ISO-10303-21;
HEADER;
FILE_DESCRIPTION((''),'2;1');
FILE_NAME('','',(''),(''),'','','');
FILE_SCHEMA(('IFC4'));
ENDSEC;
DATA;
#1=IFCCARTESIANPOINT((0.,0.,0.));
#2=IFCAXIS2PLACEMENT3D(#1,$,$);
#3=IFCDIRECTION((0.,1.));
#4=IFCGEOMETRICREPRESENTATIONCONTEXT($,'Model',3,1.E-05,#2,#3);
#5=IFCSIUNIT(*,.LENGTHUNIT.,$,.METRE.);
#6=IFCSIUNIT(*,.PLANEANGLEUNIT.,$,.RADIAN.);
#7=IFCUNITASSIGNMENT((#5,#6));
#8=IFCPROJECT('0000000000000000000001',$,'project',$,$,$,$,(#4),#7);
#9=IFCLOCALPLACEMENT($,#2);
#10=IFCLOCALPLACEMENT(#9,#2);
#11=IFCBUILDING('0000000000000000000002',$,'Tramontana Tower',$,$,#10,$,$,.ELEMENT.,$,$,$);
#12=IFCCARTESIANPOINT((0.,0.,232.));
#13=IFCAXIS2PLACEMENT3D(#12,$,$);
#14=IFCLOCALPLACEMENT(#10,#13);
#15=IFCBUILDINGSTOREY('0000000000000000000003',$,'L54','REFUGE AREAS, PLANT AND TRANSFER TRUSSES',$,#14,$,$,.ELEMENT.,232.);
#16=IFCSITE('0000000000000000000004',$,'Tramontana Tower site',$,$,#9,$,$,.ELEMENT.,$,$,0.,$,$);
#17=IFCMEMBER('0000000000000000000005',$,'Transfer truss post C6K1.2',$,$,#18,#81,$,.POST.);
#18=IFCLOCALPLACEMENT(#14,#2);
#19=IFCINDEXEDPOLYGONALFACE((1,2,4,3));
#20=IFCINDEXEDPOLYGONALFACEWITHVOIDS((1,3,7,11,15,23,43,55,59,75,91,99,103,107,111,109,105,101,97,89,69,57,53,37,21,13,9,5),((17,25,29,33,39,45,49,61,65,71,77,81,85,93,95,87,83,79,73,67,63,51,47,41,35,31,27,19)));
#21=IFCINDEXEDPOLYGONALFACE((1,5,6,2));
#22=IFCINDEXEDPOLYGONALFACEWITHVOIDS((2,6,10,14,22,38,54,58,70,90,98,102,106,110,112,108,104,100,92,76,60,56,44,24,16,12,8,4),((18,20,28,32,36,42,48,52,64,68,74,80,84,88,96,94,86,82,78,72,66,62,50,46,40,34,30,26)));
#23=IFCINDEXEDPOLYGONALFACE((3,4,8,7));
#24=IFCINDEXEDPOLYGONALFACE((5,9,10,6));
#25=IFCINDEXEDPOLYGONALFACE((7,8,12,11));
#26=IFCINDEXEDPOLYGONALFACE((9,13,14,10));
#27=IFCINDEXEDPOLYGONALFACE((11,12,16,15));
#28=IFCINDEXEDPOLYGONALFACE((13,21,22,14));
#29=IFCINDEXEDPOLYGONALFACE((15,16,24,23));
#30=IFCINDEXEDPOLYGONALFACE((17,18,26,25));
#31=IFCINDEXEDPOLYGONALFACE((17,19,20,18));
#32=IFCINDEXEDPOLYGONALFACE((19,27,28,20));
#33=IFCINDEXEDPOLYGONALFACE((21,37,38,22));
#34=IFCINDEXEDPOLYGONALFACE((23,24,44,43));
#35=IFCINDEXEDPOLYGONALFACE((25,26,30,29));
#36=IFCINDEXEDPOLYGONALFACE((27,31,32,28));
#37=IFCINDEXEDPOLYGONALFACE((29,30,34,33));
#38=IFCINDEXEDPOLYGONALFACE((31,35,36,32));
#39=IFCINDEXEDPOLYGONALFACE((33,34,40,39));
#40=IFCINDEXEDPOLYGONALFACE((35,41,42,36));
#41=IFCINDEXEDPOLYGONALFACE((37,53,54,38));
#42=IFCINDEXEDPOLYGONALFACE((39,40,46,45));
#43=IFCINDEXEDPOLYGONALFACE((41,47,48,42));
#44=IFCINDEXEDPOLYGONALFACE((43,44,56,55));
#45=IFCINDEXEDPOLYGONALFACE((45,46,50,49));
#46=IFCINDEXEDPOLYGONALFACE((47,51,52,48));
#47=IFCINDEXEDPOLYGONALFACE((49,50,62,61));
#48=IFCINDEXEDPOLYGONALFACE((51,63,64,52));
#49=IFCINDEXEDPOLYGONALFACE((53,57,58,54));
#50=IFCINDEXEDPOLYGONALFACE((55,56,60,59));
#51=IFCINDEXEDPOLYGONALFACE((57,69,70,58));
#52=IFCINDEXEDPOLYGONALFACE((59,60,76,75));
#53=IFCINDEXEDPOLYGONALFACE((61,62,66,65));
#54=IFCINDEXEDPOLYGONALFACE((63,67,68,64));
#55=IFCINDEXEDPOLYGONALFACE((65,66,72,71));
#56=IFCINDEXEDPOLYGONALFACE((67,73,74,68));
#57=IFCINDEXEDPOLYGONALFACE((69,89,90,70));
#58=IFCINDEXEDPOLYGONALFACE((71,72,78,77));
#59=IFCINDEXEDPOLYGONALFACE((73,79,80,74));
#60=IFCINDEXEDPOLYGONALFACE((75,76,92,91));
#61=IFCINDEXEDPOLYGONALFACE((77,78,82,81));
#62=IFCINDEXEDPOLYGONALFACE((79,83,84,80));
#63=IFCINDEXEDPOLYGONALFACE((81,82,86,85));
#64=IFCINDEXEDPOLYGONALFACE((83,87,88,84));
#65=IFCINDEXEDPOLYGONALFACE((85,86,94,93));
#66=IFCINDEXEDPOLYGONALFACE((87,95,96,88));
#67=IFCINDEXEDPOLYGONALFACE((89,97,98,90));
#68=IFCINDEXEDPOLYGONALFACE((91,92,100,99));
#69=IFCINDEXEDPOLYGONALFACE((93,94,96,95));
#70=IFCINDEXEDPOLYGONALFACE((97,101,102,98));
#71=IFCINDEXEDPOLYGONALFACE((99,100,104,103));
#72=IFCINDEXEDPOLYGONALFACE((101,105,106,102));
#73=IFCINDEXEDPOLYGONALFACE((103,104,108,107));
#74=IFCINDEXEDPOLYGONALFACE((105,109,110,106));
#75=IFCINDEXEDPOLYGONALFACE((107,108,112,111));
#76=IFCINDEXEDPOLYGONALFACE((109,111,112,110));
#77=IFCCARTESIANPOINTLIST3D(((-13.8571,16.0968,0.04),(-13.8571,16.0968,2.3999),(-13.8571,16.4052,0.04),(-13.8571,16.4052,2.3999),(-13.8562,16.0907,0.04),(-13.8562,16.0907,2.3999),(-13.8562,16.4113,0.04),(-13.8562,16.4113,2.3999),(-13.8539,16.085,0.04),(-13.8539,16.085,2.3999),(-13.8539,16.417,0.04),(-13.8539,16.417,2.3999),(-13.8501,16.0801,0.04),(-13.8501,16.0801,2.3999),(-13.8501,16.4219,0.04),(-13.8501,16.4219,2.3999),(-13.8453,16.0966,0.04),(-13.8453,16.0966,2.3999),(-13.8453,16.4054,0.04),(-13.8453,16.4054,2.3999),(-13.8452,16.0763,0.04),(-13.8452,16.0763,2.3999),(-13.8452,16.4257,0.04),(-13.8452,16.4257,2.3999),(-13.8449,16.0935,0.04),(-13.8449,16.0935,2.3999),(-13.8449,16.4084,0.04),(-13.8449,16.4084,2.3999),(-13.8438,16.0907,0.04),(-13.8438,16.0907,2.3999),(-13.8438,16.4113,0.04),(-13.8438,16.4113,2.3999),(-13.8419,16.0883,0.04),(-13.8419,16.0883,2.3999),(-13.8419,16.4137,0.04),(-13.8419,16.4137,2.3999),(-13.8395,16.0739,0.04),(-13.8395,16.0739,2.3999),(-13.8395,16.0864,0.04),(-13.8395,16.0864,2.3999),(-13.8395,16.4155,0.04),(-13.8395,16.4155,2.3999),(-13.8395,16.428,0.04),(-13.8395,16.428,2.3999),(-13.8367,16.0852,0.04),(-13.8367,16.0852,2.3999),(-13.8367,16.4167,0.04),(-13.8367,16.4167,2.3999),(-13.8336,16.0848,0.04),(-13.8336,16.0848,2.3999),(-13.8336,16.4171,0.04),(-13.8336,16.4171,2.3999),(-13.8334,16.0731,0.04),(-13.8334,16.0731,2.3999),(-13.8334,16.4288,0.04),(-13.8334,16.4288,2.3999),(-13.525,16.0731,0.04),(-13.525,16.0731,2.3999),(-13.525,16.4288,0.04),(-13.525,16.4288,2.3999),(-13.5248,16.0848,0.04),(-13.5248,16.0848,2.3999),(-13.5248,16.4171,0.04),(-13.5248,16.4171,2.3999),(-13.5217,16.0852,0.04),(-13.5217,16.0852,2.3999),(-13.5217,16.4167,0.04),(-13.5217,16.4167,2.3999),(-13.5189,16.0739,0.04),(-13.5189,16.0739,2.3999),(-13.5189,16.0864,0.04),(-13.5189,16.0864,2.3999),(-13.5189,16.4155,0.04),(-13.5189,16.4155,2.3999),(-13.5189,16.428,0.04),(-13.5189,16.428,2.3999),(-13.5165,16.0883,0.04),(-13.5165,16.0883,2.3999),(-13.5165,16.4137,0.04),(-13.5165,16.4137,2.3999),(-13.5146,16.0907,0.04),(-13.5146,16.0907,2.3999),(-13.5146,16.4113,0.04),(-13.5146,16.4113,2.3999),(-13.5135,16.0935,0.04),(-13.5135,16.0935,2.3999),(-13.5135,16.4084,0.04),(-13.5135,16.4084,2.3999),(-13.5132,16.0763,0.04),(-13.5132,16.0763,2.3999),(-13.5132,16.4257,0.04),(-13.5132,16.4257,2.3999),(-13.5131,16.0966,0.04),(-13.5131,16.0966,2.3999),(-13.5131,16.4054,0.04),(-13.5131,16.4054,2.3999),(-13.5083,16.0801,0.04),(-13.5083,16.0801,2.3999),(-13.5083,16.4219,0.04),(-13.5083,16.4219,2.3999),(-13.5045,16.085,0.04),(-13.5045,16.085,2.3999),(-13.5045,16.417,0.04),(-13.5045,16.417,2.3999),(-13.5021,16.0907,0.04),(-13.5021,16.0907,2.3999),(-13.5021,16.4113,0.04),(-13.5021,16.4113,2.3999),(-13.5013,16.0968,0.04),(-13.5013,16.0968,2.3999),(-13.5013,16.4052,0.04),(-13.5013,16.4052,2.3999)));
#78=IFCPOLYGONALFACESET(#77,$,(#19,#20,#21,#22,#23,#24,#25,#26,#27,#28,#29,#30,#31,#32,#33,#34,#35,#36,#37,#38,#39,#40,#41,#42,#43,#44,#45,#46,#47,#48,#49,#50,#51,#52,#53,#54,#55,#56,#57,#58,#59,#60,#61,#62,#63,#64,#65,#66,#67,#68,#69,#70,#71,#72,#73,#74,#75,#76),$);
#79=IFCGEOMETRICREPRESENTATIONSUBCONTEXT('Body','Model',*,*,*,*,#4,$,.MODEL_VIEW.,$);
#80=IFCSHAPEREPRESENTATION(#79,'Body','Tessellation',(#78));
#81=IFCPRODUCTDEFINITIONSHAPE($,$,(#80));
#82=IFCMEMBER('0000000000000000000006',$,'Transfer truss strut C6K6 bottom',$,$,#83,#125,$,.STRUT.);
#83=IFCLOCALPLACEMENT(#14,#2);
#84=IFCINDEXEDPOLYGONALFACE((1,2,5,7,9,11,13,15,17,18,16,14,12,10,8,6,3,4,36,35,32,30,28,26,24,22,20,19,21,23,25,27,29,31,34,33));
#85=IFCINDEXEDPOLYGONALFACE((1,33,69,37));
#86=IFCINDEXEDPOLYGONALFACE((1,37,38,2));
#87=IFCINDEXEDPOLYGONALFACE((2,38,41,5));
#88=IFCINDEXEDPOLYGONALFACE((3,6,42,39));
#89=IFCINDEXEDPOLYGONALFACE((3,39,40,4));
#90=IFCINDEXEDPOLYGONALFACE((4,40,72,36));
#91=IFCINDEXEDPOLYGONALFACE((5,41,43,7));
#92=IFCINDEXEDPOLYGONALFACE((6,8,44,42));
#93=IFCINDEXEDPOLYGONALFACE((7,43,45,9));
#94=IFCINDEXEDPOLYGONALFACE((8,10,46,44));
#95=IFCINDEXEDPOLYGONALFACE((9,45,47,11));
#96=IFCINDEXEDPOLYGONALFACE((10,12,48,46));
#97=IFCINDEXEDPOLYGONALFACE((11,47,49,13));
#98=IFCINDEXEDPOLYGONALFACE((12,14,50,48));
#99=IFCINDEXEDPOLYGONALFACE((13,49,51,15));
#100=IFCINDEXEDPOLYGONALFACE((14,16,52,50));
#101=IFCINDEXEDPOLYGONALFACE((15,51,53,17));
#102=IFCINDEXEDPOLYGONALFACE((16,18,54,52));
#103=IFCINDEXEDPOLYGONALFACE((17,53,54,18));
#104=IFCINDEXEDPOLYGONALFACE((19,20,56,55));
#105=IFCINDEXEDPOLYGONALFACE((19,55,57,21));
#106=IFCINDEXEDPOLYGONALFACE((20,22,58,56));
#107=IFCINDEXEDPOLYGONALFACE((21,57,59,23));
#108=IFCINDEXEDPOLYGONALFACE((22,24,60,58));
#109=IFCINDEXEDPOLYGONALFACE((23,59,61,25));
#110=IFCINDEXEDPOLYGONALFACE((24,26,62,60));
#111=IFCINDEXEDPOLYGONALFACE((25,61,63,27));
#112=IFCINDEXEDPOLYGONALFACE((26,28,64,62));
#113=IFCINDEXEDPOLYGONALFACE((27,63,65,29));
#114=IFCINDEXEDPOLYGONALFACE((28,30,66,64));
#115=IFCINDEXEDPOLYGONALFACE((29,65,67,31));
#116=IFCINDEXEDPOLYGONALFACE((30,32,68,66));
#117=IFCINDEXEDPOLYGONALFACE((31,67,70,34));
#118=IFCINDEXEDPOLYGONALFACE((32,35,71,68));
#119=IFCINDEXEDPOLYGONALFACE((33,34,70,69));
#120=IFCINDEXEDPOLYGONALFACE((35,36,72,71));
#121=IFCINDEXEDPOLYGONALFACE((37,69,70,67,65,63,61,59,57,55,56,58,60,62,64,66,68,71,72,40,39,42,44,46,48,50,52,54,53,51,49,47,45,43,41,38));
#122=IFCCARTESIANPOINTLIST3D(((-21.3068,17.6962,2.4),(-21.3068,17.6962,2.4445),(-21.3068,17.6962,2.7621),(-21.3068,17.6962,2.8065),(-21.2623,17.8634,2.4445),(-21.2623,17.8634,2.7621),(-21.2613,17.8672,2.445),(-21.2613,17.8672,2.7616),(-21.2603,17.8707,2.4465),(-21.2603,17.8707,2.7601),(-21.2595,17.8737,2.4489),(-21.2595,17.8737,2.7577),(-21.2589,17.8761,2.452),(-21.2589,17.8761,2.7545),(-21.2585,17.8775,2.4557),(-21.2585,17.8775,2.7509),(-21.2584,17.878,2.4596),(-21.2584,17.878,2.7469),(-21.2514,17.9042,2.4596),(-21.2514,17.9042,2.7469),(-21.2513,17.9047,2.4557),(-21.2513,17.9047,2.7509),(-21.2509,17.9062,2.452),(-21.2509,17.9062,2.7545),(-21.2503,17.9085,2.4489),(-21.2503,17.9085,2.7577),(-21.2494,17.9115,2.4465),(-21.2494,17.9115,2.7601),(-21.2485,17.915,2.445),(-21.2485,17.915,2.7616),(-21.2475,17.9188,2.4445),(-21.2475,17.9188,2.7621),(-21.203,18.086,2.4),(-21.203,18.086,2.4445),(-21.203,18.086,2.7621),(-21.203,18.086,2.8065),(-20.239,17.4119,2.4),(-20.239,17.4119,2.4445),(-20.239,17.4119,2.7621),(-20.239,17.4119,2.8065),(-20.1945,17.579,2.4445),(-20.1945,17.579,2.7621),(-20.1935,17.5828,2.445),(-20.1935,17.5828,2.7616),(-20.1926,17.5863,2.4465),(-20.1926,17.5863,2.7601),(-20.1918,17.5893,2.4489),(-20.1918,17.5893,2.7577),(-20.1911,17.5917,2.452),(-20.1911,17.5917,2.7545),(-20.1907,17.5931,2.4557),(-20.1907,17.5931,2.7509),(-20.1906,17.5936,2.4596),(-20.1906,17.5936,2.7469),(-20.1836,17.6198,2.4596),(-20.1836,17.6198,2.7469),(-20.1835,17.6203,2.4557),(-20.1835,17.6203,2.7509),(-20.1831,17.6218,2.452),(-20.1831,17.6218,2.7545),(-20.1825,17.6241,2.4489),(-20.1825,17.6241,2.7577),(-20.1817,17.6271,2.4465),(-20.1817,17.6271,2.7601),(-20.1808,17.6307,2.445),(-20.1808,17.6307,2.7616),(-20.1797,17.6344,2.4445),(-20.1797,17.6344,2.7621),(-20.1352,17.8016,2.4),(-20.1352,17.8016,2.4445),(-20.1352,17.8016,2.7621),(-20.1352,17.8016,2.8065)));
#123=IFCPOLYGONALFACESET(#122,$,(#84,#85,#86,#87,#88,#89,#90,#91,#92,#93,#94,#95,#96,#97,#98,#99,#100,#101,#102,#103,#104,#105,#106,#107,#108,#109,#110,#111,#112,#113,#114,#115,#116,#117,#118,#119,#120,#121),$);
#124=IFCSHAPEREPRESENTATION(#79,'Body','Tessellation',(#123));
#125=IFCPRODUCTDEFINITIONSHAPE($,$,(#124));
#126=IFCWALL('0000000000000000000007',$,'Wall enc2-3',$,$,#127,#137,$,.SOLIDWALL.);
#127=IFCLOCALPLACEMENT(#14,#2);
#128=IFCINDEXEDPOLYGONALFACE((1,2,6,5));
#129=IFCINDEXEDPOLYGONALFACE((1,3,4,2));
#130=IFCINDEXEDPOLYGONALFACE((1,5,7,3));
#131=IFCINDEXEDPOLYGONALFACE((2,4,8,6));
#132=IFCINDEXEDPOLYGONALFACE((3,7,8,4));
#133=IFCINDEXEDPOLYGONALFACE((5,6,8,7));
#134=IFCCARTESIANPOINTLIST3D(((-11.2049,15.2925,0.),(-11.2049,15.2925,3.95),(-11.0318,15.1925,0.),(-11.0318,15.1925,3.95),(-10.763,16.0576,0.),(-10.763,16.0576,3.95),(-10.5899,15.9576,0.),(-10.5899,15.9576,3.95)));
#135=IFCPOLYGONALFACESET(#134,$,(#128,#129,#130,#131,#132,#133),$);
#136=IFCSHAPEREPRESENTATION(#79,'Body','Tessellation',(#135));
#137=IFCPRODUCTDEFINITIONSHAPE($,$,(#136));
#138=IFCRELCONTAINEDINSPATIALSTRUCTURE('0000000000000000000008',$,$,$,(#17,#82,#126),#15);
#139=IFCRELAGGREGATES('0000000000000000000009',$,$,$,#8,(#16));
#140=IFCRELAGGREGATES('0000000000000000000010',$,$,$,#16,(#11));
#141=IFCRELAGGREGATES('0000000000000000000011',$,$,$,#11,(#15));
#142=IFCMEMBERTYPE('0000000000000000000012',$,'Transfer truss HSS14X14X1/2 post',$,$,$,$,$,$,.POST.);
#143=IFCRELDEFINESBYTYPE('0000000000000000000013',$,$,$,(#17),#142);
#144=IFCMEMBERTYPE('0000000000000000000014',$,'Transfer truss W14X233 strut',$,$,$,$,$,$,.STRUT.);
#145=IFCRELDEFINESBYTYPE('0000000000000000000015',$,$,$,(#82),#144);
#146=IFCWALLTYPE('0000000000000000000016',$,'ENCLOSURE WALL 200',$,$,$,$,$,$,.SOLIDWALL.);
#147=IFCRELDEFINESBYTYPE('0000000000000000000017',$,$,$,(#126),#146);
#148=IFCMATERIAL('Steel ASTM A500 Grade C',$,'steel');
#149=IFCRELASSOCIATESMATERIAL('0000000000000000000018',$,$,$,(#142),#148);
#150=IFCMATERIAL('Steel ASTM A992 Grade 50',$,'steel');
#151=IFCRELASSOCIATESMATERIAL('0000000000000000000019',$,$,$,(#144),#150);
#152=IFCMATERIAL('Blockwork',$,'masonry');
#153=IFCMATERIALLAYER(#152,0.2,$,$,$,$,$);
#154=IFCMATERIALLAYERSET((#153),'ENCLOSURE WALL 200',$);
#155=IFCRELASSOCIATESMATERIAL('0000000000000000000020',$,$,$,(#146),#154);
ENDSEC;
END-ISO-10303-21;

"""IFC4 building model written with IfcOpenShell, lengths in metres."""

from ifc_helpers import new_model, si_unit, direction, frame, frame_2d, origin, origin_2d, place, context, subcontext, project, spatial, rectangle, hollow_rectangle, i_section, extrude, material, layer, layer_set, material_profile, profile_set, type_object, element, save


model = new_model("IFC4")

# Units and contexts
model_context = context("Model", 3, precision=1e-05, world=origin(), true_north=direction((0.0, 1.0)))
body_context = subcontext(model_context, "Body", "Model", "MODEL_VIEW")
ifc_project = project(units=[si_unit("LENGTHUNIT", "METRE"), si_unit("PLANEANGLEUNIT", "RADIAN")], contexts=[model_context])

# Site, building, storey
site_placement = place(None, origin())
site = spatial("IfcSite", under=ifc_project, at=site_placement, Name="Tramontana Tower site", CompositionType="ELEMENT", RefElevation=0.0)
building_placement = place(site_placement, origin())
building = spatial("IfcBuilding", under=site, at=building_placement, Name="Tramontana Tower", CompositionType="ELEMENT")
storey_placement = place(building_placement, frame((0.0, 0.0, 232.0)))
storey = spatial("IfcBuildingStorey", under=building, at=storey_placement, Name="L54", Description="REFUGE AREAS, PLANT AND TRANSFER TRUSSES", CompositionType="ELEMENT", Elevation=232.0)

# Members
ifc_material_1 = material(Name="Steel ASTM A500 Grade C", Category="steel")
ifc_material_profile_1 = material_profile(ifc_material_1, hollow_rectangle(XDim=0.3557, YDim=0.3557, WallThickness=0.0117, InnerFilletRadius=0.0117, OuterFilletRadius=0.0237, at=origin_2d()), Name="HSS14X14X1/2")
ifc_profile_set_1 = profile_set([ifc_material_profile_1], Name="Steel ASTM A500 Grade C")
member_type_1 = type_object("IfcMemberType", Name="Transfer truss HSS14X14X1/2 post", PredefinedType="POST", material=ifc_profile_set_1)
for number, where, z_axis, x_axis, name in (
    (1, (-13.6792, 16.251, 0.04), (0.0, 0.0, 1.0), (1.0, 0.0, 0.0), "Transfer truss post C6K1.2"),
):
    element("IfcMember", number, at=place(storey_placement, frame(where, z_axis=z_axis, x_axis=x_axis)), inside=storey, type_object=member_type_1, Name=name, PredefinedType="POST", context=body_context, shape_type="SweptSolid", body=[
        extrude(hollow_rectangle(XDim=0.3557, YDim=0.3557, WallThickness=0.0117, InnerFilletRadius=0.0117, OuterFilletRadius=0.0237, at=origin_2d()), origin(), (0.0, 0.0, 1.0), 2.3599),
    ])
ifc_material_2 = material(Name="Steel ASTM A992 Grade 50", Category="steel")
ifc_material_profile_2 = material_profile(ifc_material_2, i_section(OverallWidth=0.4033, OverallDepth=0.4065, WebThickness=0.0271, FlangeThickness=0.0444, FilletRadius=0.0151, at=origin_2d()), Name="W14X233")
ifc_profile_set_2 = profile_set([ifc_material_profile_2], Name="Steel ASTM A992 Grade 50")
member_type_2 = type_object("IfcMemberType", Name="Transfer truss W14X233 strut", PredefinedType="STRUT", material=ifc_profile_set_2)
member_1_placement = place(storey_placement, frame((-21.2549, 17.8911, 2.6033), z_axis=(0.966312, -0.257374, 0.0), x_axis=(0.257374, 0.966312, 0.0)))
element("IfcMember", 2, at=member_1_placement, inside=storey, type_object=member_type_2, Name="Transfer truss strut C6K6 bottom", PredefinedType="STRUT", context=body_context, shape_type="SweptSolid", body=[
    extrude(i_section(OverallWidth=0.4033, OverallDepth=0.4065, WebThickness=0.0271, FlangeThickness=0.0444, FilletRadius=0.0151, at=origin_2d()), origin(), (0.0, 0.0, 1.0), 1.105),
])

# Wall
ifc_material_3 = material(Name="Blockwork", Category="masonry")
ifc_layer_1 = layer(ifc_material_3, 0.2)
ifc_layer_set_1 = layer_set([ifc_layer_1], Name="ENCLOSURE WALL 200")
wall_type = type_object("IfcWallType", Name="ENCLOSURE WALL 200", PredefinedType="SOLIDWALL", material=ifc_layer_set_1)
wall_placement = place(storey_placement, frame((-11.1184, 15.2424, 0.0), z_axis=(0.0, 0.0, 1.0), x_axis=(0.500121, 0.865955, 0.0)))
element("IfcWall", 3, at=wall_placement, inside=storey, type_object=wall_type, Name="Wall enc2-3", PredefinedType="SOLIDWALL", context=body_context, shape_type="SweptSolid", body=[
    extrude(rectangle(XDim=0.8835, YDim=0.2, at=frame_2d((0.4419, 0.0))), origin(), (0.0, 0.0, 1.0), 3.95),
])

save(model, "model.ifc")
